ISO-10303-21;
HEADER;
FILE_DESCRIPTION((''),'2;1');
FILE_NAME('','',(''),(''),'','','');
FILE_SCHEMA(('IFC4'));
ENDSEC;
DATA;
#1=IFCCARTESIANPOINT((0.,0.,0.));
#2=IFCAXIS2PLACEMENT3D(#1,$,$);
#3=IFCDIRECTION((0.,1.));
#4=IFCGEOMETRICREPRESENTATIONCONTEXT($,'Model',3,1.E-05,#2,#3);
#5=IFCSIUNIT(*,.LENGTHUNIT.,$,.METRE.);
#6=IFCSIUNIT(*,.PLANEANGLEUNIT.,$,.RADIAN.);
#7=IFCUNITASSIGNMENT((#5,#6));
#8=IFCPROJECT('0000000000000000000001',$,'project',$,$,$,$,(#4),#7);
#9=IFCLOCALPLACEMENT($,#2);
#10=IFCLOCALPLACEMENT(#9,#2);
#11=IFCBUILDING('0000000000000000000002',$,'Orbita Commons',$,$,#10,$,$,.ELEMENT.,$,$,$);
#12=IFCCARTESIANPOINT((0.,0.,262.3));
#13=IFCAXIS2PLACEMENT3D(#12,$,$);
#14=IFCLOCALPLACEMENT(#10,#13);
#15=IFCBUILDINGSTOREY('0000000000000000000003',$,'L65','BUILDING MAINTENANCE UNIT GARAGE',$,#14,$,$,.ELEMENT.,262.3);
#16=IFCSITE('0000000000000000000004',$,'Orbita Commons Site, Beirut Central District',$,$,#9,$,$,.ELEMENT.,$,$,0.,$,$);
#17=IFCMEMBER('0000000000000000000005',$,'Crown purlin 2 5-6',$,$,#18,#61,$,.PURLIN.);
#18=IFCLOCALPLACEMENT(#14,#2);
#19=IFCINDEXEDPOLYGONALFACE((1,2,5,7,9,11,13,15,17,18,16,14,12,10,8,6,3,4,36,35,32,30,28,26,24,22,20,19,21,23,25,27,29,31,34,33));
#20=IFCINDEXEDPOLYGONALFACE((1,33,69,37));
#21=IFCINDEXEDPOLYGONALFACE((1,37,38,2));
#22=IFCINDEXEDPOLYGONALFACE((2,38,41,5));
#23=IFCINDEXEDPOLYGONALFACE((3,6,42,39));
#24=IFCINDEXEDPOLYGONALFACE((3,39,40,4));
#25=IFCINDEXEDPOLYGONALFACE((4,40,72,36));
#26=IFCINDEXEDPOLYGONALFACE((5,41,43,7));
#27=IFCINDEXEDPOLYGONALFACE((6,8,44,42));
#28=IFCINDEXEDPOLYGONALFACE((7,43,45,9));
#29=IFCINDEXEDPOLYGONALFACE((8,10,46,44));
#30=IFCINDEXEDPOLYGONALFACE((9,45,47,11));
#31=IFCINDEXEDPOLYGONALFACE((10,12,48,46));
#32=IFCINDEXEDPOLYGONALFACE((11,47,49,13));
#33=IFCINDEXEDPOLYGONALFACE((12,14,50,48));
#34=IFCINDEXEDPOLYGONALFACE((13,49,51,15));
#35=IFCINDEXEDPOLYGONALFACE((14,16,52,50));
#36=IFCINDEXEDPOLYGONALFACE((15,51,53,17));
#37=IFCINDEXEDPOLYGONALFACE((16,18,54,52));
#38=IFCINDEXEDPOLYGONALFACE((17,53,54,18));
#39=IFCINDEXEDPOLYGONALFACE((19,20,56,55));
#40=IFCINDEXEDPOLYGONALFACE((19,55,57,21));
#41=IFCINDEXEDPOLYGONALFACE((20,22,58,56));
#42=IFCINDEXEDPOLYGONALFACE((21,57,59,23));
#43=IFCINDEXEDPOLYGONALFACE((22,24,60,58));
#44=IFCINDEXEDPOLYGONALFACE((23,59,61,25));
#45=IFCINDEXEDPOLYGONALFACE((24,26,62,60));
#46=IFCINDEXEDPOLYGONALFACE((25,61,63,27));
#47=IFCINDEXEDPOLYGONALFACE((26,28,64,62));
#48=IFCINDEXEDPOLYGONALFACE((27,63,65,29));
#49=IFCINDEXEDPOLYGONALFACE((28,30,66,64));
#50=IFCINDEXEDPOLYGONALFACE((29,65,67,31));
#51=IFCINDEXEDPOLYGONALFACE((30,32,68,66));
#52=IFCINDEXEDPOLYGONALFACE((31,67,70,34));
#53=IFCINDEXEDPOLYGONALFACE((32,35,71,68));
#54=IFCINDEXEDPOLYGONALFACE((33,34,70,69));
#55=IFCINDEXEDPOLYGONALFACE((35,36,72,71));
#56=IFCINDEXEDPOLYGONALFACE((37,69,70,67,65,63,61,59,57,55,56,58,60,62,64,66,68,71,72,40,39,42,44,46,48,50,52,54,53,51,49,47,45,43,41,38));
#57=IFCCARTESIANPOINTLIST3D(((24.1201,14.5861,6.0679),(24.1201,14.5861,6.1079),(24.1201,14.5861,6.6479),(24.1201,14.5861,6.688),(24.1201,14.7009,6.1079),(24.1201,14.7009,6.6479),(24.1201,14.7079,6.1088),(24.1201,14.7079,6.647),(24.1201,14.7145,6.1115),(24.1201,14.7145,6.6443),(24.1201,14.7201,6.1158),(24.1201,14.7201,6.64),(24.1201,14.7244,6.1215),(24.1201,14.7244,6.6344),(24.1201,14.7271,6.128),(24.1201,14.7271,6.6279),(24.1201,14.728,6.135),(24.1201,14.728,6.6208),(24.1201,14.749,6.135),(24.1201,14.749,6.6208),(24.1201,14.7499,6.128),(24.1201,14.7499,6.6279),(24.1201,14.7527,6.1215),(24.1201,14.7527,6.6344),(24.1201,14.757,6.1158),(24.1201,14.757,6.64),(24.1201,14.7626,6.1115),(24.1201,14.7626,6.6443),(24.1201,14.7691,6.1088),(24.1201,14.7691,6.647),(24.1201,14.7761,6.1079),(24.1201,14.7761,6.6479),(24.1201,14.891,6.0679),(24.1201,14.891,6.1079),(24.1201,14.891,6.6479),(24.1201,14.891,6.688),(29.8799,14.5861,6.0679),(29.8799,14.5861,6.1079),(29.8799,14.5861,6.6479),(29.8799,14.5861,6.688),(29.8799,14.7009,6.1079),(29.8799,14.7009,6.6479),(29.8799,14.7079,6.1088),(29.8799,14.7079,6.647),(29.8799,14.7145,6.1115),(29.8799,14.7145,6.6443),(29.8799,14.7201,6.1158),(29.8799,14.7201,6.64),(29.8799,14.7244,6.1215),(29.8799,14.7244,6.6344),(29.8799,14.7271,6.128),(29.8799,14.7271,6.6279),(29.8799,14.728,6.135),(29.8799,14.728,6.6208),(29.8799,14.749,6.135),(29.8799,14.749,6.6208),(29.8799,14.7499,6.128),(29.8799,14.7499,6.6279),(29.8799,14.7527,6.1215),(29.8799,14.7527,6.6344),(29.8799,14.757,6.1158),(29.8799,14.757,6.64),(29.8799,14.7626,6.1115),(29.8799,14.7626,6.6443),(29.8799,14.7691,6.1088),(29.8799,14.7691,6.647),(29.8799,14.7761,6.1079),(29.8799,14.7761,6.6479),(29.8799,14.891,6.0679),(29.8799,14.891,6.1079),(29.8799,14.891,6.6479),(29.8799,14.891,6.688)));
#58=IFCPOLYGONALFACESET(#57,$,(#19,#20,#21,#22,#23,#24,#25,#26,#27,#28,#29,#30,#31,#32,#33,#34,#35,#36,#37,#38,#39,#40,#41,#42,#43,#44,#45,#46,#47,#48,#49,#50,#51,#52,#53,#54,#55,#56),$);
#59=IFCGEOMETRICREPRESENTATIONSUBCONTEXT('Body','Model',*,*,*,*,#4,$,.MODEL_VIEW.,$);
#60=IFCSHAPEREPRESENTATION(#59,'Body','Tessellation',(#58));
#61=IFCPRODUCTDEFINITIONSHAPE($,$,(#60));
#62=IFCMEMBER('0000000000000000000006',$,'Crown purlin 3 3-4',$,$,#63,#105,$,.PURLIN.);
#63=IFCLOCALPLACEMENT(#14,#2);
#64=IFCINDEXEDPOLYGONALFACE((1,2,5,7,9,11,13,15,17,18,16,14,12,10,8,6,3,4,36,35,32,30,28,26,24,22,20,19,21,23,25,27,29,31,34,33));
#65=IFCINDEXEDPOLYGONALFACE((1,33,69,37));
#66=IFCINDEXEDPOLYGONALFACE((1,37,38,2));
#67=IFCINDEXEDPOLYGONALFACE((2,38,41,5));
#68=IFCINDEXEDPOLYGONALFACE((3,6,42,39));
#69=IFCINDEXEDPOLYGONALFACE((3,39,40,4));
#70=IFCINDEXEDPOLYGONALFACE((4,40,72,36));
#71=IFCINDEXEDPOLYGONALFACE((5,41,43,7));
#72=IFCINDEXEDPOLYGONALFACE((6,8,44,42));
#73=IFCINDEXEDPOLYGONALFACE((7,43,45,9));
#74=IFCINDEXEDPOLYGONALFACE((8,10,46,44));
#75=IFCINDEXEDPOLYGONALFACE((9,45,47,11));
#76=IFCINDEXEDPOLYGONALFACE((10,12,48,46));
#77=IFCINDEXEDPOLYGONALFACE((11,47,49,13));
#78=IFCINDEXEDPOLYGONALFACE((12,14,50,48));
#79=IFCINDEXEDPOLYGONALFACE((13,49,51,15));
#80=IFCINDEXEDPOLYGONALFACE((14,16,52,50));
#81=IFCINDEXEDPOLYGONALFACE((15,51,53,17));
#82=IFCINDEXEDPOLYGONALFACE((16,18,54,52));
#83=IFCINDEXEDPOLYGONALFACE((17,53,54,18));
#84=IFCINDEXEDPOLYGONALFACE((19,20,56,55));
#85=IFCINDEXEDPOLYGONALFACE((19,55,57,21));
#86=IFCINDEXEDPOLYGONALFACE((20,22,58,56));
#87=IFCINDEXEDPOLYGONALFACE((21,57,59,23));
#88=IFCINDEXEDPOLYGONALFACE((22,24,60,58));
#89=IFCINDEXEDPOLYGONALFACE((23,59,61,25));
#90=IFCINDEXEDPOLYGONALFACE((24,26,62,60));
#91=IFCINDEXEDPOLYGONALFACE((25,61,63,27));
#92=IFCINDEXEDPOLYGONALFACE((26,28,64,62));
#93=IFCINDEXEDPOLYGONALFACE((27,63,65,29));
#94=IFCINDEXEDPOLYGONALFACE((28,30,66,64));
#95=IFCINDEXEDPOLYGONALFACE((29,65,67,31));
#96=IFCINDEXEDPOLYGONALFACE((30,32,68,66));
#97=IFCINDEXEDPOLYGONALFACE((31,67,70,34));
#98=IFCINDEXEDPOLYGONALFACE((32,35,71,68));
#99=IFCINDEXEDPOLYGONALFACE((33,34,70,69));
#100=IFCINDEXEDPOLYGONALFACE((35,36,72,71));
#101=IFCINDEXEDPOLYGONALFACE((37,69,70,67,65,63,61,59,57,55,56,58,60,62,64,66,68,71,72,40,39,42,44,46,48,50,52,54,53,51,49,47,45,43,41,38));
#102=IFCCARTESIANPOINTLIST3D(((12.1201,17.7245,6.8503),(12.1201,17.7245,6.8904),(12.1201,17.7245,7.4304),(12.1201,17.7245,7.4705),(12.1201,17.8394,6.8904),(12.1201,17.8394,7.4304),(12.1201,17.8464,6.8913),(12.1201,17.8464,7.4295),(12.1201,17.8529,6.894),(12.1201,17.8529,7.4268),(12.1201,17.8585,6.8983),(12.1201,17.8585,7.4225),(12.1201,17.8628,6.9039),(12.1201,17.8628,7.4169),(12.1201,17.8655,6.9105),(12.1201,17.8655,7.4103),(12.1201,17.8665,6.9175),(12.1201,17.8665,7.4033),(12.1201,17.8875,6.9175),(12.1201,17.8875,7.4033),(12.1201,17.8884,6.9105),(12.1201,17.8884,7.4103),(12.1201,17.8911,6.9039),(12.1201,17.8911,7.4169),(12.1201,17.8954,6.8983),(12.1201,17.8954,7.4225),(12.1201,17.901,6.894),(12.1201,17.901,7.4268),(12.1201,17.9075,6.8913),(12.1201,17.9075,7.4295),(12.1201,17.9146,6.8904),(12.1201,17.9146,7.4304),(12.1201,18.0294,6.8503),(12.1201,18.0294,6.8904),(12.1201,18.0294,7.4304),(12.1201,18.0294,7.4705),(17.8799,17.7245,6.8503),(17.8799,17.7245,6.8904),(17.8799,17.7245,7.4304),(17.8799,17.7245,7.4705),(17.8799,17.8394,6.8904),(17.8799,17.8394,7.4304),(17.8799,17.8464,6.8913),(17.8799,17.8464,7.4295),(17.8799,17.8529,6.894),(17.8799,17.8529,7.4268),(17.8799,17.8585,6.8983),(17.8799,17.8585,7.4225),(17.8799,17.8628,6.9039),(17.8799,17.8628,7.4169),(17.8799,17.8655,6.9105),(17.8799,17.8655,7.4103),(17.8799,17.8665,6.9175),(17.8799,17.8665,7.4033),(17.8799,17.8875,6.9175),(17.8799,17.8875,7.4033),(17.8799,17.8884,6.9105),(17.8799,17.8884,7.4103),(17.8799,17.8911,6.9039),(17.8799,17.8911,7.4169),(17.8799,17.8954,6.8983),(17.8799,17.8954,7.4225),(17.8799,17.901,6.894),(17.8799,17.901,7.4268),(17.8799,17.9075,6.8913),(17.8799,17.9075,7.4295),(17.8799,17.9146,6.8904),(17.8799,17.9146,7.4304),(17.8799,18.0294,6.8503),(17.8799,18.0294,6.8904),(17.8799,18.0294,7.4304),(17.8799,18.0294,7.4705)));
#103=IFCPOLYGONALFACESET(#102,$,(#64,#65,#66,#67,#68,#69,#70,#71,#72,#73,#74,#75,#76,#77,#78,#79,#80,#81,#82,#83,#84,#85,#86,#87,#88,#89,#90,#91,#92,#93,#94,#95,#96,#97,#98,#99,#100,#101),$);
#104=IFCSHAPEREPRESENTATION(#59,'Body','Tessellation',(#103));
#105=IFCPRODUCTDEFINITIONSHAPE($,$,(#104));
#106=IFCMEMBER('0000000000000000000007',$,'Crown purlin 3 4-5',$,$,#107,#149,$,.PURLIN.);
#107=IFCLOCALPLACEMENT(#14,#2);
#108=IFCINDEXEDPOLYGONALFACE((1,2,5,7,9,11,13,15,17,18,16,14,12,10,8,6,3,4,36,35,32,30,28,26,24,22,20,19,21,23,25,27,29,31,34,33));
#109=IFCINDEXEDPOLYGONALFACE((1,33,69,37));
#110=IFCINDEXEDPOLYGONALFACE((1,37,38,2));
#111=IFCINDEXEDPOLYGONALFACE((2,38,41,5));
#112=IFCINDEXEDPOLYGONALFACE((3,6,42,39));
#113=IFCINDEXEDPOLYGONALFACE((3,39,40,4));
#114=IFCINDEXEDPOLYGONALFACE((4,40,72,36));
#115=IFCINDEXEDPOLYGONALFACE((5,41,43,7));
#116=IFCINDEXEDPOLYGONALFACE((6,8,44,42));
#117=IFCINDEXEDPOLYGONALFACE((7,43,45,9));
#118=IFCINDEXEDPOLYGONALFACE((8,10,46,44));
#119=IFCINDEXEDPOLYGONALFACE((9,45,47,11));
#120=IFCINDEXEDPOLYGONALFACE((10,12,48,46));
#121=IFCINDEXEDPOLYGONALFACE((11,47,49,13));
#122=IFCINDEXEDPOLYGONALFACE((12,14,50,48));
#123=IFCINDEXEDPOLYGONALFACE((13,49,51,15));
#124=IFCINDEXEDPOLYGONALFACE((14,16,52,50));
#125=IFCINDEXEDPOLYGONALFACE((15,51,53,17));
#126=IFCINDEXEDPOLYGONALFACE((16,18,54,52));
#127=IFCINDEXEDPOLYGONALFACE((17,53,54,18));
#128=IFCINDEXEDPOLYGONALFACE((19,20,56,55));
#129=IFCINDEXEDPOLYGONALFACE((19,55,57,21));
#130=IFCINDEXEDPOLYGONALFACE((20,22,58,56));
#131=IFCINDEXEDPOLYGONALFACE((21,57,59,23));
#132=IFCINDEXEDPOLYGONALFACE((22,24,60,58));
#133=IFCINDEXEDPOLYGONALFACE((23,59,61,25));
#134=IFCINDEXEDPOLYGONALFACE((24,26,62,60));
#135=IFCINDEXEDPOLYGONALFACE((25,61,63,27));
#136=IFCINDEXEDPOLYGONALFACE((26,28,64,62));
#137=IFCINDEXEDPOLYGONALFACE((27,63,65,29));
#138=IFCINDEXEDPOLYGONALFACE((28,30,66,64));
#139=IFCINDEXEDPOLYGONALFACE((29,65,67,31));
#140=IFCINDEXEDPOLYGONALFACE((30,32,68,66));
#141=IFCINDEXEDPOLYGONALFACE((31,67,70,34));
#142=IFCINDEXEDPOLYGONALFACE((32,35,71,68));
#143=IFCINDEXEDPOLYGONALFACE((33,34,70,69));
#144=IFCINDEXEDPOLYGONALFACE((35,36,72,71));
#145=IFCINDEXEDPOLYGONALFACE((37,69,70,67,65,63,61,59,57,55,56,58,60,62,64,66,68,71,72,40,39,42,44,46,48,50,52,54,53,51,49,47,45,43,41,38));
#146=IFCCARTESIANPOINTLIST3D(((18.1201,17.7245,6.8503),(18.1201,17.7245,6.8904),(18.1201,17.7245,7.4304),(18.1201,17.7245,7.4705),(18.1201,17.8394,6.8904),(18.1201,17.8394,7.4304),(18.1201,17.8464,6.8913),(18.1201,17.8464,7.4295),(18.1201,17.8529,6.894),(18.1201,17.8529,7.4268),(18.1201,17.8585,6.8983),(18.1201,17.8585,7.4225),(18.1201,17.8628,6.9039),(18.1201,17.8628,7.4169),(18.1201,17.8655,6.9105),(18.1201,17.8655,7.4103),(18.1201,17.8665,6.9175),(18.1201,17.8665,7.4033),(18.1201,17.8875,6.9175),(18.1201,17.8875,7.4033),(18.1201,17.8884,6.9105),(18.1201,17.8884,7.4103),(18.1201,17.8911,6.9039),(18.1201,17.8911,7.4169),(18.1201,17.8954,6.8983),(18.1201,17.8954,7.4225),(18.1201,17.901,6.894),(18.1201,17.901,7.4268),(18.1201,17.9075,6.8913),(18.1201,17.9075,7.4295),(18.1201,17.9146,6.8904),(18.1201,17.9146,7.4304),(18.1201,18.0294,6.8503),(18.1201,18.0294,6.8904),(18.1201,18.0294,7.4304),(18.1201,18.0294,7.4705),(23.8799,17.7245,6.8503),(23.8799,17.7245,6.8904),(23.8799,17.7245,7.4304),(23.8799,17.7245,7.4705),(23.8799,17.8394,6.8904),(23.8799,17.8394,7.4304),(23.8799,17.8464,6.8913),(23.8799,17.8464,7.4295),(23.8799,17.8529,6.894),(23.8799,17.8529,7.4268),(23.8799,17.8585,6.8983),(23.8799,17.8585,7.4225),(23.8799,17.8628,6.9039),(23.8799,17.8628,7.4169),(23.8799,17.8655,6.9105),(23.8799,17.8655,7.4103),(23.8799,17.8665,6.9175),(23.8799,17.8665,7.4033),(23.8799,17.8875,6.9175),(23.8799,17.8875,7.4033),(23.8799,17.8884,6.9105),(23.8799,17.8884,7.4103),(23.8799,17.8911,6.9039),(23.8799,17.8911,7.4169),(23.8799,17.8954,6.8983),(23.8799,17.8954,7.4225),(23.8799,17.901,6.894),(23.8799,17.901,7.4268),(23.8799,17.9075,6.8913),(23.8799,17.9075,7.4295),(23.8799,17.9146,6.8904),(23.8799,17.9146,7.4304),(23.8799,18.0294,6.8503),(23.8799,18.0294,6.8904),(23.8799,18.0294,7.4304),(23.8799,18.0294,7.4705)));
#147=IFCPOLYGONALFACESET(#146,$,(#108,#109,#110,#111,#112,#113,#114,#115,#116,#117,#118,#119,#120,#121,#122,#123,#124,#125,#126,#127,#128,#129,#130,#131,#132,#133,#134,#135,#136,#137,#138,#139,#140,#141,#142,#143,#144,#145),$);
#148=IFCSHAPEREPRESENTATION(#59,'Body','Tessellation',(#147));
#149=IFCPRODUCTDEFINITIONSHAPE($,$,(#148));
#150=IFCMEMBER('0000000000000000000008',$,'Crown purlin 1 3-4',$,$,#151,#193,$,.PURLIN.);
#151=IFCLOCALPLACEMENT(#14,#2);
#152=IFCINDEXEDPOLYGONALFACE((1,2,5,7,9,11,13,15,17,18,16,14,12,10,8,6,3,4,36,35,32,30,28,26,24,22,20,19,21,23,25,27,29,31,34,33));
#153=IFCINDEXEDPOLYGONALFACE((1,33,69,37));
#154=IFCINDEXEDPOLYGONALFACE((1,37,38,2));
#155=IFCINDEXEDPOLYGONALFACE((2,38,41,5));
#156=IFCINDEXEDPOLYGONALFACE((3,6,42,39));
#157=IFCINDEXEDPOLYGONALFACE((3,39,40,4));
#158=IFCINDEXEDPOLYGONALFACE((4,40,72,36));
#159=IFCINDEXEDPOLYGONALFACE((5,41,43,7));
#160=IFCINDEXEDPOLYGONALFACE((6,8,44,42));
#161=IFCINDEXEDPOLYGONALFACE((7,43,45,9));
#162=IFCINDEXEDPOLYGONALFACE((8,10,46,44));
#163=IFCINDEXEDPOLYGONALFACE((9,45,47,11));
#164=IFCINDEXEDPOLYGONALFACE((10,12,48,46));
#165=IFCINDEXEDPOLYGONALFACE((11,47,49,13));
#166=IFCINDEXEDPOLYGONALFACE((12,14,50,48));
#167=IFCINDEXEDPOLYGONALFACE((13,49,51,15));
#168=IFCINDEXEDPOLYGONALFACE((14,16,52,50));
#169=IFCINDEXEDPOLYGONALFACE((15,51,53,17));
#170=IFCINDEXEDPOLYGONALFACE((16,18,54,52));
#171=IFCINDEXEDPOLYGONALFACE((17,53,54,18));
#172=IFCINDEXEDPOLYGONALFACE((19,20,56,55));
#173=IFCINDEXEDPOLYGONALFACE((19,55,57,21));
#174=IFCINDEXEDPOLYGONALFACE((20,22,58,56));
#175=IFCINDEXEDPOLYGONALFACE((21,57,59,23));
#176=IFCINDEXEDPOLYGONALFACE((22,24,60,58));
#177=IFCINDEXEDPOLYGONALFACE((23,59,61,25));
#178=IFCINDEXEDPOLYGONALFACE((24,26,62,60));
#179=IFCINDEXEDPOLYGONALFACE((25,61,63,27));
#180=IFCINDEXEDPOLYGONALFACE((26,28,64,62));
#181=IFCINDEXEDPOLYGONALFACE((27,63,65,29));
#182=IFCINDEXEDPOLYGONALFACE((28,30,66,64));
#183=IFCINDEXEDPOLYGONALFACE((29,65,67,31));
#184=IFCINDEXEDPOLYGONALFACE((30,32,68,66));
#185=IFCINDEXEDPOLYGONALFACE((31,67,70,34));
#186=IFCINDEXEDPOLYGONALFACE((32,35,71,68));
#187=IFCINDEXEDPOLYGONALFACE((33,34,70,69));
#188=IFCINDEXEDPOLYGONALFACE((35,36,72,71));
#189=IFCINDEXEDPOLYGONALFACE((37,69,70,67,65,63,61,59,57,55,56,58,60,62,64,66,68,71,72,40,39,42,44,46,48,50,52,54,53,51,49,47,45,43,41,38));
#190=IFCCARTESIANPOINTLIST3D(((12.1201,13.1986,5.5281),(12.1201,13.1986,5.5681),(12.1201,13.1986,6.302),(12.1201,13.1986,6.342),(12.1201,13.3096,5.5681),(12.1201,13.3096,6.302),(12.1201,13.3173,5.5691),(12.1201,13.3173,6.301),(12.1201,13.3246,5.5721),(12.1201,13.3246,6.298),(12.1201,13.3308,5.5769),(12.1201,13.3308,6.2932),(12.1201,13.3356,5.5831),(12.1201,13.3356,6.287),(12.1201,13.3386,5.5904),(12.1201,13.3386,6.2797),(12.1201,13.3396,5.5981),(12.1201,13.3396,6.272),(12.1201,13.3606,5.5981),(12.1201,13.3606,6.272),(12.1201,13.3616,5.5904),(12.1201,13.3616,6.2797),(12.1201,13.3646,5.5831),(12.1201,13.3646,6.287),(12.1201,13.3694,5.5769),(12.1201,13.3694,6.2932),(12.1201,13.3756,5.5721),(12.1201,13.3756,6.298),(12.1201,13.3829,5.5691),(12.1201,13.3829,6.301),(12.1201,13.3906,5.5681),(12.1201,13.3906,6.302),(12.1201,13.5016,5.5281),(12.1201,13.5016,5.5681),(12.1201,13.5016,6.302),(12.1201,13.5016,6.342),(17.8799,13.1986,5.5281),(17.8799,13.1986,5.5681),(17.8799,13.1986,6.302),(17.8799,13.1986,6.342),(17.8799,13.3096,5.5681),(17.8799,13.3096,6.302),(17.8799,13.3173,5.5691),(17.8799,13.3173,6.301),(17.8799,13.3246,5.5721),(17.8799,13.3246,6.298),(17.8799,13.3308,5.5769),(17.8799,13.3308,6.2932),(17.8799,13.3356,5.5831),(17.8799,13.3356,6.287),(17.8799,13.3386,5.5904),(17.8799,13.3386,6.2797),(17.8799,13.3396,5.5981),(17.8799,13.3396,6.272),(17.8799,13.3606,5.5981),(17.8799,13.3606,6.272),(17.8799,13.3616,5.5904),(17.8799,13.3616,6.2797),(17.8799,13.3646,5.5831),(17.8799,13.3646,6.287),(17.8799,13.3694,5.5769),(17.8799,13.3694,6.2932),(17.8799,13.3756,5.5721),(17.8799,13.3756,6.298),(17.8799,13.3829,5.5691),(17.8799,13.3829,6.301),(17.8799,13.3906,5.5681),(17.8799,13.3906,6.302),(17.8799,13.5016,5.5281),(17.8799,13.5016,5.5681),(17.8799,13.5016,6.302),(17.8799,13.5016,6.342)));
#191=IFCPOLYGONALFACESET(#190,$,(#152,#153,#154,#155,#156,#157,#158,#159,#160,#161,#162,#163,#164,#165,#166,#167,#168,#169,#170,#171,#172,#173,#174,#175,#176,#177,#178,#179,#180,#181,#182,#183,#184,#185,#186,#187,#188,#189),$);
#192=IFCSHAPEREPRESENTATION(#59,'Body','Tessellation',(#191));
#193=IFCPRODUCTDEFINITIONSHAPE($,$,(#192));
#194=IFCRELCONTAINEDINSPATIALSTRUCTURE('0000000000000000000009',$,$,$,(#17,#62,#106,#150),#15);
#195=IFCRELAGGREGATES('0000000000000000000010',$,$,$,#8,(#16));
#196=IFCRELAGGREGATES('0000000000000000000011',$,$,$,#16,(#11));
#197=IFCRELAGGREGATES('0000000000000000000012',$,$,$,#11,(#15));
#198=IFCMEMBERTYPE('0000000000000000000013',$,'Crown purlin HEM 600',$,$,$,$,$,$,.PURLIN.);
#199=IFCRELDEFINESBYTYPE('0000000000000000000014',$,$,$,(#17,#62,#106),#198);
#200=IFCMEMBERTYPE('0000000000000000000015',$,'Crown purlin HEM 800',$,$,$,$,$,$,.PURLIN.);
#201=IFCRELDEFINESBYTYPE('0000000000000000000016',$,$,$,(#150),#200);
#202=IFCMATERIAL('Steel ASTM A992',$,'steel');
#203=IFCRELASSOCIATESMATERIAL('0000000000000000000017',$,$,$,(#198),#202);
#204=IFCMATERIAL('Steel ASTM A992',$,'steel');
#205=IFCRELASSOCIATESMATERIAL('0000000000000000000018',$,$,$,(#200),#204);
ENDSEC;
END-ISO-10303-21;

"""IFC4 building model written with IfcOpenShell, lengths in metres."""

from ifc_helpers import new_model, si_unit, direction, frame, origin, origin_2d, place, context, subcontext, project, spatial, i_section, extrude, material, material_profile, profile_set, type_object, element, save


model = new_model("IFC4")

# Units and contexts
model_context = context("Model", 3, precision=1e-05, world=origin(), true_north=direction((0.0, 1.0)))
body_context = subcontext(model_context, "Body", "Model", "MODEL_VIEW")
ifc_project = project(units=[si_unit("LENGTHUNIT", "METRE"), si_unit("PLANEANGLEUNIT", "RADIAN")], contexts=[model_context])

# Site, building, storey
site_placement = place(None, origin())
site = spatial("IfcSite", under=ifc_project, at=site_placement, Name="Orbita Commons Site, Beirut Central District", CompositionType="ELEMENT", RefElevation=0.0)
building_placement = place(site_placement, origin())
building = spatial("IfcBuilding", under=site, at=building_placement, Name="Orbita Commons", CompositionType="ELEMENT")
storey_placement = place(building_placement, frame((0.0, 0.0, 262.3)))
storey = spatial("IfcBuildingStorey", under=building, at=storey_placement, Name="L65", Description="BUILDING MAINTENANCE UNIT GARAGE", CompositionType="ELEMENT", Elevation=262.3)

# Members
ifc_material_1 = material(Name="Steel ASTM A992", Category="steel")
ifc_material_profile_1 = material_profile(ifc_material_1, i_section(OverallWidth=0.3049, OverallDepth=0.6201, WebThickness=0.021, FlangeThickness=0.04, FilletRadius=0.0271, at=origin_2d()), Name="HEM 600")
ifc_profile_set_1 = profile_set([ifc_material_profile_1], Name="Steel ASTM A992")
member_type_1 = type_object("IfcMemberType", Name="Crown purlin HEM 600", PredefinedType="PURLIN", material=ifc_profile_set_1)
for number, where, z_axis, x_axis, name in (
    (1, (24.1201, 14.7385, 6.3779), (1.0, 0.0, 0.0), (0.0, 1.0, 0.0), "Crown purlin 2 5-6"),
    (2, (12.1201, 17.877, 7.1604), (1.0, 0.0, 0.0), (0.0, 1.0, 0.0), "Crown purlin 3 3-4"),
    (3, (18.1201, 17.877, 7.1604), (1.0, 0.0, 0.0), (0.0, 1.0, 0.0), "Crown purlin 3 4-5"),
):
    element("IfcMember", number, at=place(storey_placement, frame(where, z_axis=z_axis, x_axis=x_axis)), inside=storey, type_object=member_type_1, Name=name, PredefinedType="PURLIN", context=body_context, shape_type="SweptSolid", body=[
        extrude(i_section(OverallWidth=0.3049, OverallDepth=0.6201, WebThickness=0.021, FlangeThickness=0.04, FilletRadius=0.0271, at=origin_2d()), origin(), (0.0, 0.0, 1.0), 5.7598),
    ])
ifc_material_2 = material(Name="Steel ASTM A992", Category="steel")
ifc_material_profile_2 = material_profile(ifc_material_2, i_section(OverallWidth=0.303, OverallDepth=0.814, WebThickness=0.021, FlangeThickness=0.04, FilletRadius=0.03, at=origin_2d()), Name="HEM 800")
ifc_profile_set_2 = profile_set([ifc_material_profile_2], Name="Steel ASTM A992")
member_type_2 = type_object("IfcMemberType", Name="Crown purlin HEM 800", PredefinedType="PURLIN", material=ifc_profile_set_2)
member_1_placement = place(storey_placement, frame((12.1201, 13.3501, 5.9351), z_axis=(1.0, 0.0, 0.0), x_axis=(0.0, 1.0, 0.0)))
element("IfcMember", 4, at=member_1_placement, inside=storey, type_object=member_type_2, Name="Crown purlin 1 3-4", PredefinedType="PURLIN", context=body_context, shape_type="SweptSolid", body=[
    extrude(i_section(OverallWidth=0.303, OverallDepth=0.814, WebThickness=0.021, FlangeThickness=0.04, FilletRadius=0.03, at=origin_2d()), origin(), (0.0, 0.0, 1.0), 5.7598),
])

save(model, "model.ifc")
